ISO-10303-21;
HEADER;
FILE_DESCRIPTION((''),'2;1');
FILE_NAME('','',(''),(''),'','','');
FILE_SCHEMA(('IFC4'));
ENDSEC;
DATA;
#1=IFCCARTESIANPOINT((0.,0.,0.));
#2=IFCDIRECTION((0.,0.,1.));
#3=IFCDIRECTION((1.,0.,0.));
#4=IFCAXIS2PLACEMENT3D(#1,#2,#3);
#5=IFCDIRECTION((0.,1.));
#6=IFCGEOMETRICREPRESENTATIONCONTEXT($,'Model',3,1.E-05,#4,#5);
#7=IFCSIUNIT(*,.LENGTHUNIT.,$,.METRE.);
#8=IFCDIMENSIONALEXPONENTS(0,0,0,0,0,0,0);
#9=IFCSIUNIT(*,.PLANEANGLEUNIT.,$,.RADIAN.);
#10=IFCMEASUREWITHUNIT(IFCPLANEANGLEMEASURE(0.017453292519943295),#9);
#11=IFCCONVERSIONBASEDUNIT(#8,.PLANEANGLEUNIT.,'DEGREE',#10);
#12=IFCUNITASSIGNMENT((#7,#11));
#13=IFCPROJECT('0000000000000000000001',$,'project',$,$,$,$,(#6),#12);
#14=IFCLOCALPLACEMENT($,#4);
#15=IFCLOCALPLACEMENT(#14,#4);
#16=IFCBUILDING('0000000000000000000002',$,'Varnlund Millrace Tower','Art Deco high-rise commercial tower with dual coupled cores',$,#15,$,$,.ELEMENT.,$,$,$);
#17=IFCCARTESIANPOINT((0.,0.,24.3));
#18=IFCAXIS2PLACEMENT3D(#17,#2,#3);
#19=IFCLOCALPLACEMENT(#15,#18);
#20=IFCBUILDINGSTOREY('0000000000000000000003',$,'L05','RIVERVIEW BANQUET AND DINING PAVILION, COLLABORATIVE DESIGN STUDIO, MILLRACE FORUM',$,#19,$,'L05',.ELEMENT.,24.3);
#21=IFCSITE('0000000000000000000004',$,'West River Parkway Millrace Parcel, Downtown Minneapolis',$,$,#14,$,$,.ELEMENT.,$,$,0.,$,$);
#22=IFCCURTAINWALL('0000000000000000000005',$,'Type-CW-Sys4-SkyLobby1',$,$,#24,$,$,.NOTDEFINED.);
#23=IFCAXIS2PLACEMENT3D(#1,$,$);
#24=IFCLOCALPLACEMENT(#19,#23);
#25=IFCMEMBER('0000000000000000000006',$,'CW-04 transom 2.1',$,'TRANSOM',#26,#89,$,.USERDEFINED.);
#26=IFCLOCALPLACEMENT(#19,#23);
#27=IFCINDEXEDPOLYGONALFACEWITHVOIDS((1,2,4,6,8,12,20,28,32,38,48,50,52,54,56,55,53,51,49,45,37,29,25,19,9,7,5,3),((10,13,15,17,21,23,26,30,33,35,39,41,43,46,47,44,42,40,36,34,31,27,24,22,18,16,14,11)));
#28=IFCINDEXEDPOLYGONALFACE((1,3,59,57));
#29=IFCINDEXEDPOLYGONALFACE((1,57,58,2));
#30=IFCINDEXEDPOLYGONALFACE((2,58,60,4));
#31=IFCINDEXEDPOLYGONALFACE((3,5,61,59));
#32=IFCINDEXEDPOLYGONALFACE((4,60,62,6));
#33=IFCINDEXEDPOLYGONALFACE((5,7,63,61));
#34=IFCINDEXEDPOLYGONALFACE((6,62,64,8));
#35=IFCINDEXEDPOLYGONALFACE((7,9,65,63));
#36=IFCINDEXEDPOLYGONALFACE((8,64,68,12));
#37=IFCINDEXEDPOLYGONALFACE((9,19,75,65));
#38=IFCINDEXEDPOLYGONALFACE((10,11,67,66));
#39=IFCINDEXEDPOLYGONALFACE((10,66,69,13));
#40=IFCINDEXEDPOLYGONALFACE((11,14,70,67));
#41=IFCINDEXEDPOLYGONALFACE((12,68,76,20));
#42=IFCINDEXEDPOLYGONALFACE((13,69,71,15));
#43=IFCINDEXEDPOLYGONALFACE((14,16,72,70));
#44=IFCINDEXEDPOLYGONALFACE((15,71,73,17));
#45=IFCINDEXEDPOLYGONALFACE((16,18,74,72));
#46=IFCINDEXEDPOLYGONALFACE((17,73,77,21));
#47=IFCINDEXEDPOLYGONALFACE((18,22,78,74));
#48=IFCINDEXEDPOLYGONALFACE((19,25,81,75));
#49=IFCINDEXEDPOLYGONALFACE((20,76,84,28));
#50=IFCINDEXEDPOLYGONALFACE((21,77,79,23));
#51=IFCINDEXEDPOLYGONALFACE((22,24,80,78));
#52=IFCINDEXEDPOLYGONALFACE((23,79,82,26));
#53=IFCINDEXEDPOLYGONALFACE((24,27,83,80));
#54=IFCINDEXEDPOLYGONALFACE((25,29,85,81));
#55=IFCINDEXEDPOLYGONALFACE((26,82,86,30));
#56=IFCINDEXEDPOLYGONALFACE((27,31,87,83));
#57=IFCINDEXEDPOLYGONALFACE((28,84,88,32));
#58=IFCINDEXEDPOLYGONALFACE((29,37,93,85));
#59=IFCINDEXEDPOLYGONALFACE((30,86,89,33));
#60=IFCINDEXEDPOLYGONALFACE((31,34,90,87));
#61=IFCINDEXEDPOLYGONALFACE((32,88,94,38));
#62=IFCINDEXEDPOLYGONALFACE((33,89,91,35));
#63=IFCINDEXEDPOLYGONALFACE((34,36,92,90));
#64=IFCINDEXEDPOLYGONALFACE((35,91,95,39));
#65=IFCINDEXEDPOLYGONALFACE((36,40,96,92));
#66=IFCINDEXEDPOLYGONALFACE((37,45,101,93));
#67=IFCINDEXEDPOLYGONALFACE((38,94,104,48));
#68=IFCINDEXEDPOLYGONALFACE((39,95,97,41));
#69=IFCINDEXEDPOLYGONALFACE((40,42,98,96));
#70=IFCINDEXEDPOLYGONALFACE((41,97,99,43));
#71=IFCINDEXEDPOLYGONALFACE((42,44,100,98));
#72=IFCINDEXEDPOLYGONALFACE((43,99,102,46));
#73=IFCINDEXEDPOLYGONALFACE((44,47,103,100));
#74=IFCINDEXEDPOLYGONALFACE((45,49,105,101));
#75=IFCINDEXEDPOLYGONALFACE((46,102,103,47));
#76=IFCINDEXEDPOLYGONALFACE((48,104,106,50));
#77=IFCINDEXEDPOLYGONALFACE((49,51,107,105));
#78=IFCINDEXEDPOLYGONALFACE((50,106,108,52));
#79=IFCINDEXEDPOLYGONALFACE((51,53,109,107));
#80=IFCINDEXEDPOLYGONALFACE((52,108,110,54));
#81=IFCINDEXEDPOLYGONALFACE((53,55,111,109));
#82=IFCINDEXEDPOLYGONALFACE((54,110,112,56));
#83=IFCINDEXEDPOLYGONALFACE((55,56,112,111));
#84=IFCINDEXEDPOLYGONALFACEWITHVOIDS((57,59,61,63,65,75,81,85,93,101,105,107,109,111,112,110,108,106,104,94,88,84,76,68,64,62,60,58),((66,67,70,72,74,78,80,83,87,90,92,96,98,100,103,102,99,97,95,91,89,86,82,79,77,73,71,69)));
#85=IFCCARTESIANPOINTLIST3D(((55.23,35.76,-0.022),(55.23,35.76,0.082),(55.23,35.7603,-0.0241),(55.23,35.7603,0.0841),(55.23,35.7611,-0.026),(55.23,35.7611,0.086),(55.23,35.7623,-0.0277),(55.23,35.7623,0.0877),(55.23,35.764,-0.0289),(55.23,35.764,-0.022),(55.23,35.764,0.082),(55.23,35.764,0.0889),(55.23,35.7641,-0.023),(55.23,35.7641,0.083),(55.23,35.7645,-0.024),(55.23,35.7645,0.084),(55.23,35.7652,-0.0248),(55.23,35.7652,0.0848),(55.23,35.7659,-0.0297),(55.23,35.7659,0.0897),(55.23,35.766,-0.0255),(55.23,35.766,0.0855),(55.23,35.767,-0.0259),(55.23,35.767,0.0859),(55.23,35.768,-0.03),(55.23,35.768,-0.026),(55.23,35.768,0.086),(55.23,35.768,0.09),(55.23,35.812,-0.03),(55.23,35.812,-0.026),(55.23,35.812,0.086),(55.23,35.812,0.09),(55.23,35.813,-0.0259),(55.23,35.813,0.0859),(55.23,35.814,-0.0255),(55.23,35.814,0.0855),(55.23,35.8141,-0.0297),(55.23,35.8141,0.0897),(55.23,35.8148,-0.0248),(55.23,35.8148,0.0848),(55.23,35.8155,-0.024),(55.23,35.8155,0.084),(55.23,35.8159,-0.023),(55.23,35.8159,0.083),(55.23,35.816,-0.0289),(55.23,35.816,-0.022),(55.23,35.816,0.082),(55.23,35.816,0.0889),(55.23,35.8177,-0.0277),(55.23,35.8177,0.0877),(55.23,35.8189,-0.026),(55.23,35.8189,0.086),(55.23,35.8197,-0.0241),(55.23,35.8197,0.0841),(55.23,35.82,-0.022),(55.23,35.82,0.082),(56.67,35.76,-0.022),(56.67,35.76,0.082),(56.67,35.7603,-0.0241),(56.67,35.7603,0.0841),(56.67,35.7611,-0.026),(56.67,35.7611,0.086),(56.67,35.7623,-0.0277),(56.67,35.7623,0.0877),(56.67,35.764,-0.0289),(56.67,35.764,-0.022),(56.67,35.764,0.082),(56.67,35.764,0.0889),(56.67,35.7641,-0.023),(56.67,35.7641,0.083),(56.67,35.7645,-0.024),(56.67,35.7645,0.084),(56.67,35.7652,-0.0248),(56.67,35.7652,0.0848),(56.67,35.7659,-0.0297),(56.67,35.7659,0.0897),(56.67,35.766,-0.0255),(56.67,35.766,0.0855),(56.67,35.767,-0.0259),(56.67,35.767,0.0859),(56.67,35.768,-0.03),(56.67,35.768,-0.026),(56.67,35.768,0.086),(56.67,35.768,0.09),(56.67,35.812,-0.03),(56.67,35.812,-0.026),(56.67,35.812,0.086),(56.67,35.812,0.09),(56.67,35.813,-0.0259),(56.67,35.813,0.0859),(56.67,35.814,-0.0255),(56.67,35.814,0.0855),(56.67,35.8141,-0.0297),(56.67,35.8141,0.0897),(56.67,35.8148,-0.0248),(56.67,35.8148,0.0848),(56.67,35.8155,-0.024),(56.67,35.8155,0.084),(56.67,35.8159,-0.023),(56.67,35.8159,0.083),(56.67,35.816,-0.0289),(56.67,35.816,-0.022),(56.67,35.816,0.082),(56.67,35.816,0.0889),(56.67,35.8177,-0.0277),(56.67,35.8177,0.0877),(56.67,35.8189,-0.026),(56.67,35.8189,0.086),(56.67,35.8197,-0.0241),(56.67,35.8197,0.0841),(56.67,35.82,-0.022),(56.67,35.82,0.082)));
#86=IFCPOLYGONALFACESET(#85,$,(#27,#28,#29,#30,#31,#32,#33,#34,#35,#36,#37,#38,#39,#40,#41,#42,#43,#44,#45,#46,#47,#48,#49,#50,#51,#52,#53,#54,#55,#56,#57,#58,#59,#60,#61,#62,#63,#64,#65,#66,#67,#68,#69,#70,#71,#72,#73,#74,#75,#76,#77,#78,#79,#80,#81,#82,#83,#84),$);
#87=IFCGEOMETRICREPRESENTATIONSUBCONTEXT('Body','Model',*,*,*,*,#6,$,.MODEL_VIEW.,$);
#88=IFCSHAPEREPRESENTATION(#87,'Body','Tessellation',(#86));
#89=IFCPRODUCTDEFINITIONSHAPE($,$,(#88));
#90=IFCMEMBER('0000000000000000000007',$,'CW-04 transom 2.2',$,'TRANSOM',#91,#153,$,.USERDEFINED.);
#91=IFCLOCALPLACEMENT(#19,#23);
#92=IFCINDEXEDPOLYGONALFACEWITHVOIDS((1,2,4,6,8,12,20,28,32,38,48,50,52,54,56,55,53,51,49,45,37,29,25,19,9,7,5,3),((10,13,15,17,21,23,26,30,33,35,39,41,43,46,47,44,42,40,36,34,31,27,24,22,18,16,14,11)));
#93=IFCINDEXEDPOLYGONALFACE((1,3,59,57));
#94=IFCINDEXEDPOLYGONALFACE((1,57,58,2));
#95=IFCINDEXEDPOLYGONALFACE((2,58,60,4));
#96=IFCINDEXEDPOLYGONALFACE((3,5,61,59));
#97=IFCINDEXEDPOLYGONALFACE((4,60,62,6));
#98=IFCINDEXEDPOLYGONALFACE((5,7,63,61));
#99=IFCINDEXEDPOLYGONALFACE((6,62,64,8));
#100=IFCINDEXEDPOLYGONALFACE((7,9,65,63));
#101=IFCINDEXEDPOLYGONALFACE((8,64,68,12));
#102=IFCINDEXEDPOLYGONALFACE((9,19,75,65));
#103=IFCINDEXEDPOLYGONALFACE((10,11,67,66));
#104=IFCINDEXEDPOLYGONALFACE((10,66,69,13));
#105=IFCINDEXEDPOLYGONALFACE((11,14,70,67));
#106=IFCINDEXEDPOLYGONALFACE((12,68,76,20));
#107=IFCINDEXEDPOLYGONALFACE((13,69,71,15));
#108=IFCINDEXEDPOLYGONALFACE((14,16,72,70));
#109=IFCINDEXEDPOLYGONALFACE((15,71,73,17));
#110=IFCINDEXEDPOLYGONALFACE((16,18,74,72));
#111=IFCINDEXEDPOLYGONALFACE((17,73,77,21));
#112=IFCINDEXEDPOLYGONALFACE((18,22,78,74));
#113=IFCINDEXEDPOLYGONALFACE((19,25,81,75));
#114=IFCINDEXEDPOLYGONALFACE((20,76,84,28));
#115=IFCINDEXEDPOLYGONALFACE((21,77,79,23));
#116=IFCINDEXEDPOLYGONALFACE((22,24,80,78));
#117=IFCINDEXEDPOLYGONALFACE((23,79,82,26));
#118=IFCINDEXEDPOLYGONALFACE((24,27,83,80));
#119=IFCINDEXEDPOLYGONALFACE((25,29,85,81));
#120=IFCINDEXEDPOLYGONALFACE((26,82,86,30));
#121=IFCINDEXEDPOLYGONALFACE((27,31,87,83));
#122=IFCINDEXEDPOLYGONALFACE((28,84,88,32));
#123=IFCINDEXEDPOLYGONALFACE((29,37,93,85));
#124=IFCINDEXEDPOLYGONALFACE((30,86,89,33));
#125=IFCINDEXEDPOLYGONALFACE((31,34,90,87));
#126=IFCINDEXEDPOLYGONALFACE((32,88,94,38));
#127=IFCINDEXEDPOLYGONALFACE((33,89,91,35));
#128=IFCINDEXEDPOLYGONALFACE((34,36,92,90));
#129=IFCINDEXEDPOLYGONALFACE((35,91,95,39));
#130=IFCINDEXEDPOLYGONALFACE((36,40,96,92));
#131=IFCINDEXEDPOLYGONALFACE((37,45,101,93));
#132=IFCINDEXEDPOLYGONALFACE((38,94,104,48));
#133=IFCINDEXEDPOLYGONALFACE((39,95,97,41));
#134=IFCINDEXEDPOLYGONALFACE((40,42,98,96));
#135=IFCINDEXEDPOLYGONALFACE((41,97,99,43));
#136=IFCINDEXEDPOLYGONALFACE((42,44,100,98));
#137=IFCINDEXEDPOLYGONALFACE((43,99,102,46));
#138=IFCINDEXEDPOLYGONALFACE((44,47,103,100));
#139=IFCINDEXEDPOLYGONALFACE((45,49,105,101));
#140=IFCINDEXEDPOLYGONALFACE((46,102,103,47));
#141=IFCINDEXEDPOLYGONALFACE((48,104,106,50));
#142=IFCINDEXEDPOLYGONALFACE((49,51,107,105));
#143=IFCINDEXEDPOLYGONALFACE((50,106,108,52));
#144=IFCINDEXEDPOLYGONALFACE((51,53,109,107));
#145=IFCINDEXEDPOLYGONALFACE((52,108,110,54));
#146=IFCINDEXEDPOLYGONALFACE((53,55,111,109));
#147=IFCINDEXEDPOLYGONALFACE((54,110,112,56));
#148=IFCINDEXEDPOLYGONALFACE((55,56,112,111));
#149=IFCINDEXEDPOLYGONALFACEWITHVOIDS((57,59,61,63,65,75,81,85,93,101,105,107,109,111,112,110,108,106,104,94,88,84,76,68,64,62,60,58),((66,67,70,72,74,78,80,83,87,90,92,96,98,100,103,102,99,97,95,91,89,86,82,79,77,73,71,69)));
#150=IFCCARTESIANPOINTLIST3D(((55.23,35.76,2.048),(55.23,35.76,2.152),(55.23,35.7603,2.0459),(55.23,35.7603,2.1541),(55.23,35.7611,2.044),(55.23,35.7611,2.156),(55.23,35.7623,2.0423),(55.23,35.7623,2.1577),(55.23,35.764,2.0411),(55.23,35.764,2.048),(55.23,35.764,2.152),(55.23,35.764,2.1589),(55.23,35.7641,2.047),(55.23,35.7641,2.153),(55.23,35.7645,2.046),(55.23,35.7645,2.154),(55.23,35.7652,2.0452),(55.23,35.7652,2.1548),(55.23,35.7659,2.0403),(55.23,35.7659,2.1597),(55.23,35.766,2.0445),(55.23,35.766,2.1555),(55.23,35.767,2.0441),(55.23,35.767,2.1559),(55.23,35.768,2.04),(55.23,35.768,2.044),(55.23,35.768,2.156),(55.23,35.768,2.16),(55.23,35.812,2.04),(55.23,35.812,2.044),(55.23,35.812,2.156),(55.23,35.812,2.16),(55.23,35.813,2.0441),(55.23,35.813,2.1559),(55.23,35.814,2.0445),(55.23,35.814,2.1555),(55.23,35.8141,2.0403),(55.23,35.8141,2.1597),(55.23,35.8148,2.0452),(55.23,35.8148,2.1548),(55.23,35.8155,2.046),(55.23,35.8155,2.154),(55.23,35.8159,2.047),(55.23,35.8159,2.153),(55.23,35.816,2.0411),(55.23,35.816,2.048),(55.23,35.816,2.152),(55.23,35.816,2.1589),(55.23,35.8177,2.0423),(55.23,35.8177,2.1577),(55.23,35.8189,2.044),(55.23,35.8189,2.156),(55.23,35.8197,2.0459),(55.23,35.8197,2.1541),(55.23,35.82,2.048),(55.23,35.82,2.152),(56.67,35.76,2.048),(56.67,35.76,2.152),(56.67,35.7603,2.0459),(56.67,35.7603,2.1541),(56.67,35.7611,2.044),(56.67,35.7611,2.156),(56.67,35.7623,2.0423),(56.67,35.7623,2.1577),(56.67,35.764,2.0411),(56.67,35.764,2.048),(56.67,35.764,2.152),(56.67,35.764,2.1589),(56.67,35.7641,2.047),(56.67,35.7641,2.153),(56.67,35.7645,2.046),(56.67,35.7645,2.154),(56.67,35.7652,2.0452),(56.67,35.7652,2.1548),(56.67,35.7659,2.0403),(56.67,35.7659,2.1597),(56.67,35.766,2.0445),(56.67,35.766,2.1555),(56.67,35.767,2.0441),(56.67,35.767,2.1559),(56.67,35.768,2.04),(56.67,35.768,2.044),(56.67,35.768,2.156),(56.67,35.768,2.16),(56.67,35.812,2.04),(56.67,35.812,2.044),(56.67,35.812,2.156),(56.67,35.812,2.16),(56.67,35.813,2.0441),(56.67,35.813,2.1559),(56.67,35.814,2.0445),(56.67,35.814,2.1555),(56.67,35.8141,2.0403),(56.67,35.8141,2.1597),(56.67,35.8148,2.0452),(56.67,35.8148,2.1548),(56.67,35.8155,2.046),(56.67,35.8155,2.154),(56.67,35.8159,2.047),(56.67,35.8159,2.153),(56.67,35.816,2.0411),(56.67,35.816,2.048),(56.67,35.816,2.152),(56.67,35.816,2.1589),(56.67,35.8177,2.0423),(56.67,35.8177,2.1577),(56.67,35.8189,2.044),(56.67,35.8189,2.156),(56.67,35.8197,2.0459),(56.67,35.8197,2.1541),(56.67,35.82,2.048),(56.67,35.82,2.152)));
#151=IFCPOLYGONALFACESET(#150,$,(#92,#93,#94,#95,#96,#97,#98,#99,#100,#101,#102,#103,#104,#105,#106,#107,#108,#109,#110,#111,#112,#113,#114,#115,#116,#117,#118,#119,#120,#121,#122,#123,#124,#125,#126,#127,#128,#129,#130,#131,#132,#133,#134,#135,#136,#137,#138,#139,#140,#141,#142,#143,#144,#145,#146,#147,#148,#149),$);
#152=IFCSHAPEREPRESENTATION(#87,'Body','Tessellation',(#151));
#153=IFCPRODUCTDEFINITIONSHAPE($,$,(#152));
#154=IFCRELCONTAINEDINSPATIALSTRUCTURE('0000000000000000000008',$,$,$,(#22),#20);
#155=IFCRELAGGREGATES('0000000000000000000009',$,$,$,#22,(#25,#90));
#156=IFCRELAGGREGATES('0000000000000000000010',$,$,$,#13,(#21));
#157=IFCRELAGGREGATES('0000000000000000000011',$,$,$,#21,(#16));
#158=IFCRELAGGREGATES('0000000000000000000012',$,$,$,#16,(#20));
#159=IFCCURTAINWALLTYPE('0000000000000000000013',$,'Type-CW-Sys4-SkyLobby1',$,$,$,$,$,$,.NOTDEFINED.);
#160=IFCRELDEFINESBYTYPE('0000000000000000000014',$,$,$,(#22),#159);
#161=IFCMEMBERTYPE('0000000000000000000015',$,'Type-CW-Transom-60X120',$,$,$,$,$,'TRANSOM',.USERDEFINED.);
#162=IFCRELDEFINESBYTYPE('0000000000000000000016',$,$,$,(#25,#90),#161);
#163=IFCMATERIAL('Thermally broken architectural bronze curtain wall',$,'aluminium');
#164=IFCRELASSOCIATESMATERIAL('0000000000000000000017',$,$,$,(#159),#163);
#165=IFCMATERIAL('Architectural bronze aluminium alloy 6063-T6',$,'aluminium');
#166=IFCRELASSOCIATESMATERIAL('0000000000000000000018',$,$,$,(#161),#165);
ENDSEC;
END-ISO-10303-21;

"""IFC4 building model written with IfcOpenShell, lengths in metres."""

from ifc_helpers import new_model, entity, si_unit, converted_unit, direction, frame, origin_with_axes, origin_2d_with_axis, place, context, subcontext, project, spatial, hollow_rectangle, extrude, material, material_profile, profile_set, type_object, element, aggregate, save


model = new_model("IFC4")

# Units and contexts
model_context = context("Model", 3, precision=1e-05, world=origin_with_axes(), true_north=direction((0.0, 1.0)))
body_context = subcontext(model_context, "Body", "Model", "MODEL_VIEW")
ifc_project = project(units=[si_unit("LENGTHUNIT", "METRE"), converted_unit("PLANEANGLEUNIT", "DEGREE", entity("IfcPlaneAngleMeasure", 0.017453292519943295), si_unit("PLANEANGLEUNIT", "RADIAN"), dimensions=[0, 0, 0, 0, 0, 0, 0])], contexts=[model_context])

# Site, building, storey
site_placement = place(None, origin_with_axes())
site = spatial("IfcSite", under=ifc_project, at=site_placement, Name="West River Parkway Millrace Parcel, Downtown Minneapolis", CompositionType="ELEMENT", RefElevation=0.0)
building_placement = place(site_placement, origin_with_axes())
building = spatial("IfcBuilding", under=site, at=building_placement, Name="Varnlund Millrace Tower", Description="Art Deco high-rise commercial tower with dual coupled cores", CompositionType="ELEMENT")
storey_placement = place(building_placement, frame((0.0, 0.0, 24.3), z_axis=(0.0, 0.0, 1.0), x_axis=(1.0, 0.0, 0.0)))
storey = spatial("IfcBuildingStorey", under=building, at=storey_placement, Name="L05", Description="RIVERVIEW BANQUET AND DINING PAVILION, COLLABORATIVE DESIGN STUDIO, MILLRACE FORUM", LongName="L05", CompositionType="ELEMENT", Elevation=24.3)

# Curtain wall, members
ifc_material_1 = material(Name="Thermally broken architectural bronze curtain wall", Category="aluminium")
curtain_wall_type = type_object("IfcCurtainWallType", Name="Type-CW-Sys4-SkyLobby1", PredefinedType="NOTDEFINED", material=ifc_material_1)
curtain_wall_placement = place(storey_placement, frame((53.7, 35.79, 0.0), z_axis=(0.0, 0.0, 1.0), x_axis=(1.0, 0.0, 0.0)))
curtain_wall = element("IfcCurtainWall", 1, at=curtain_wall_placement, inside=storey, type_object=curtain_wall_type, Name="Type-CW-Sys4-SkyLobby1", PredefinedType="NOTDEFINED")
ifc_material_2 = material(Name="Architectural bronze aluminium alloy 6063-T6", Category="aluminium")
ifc_material_profile_1 = material_profile(ifc_material_2, hollow_rectangle(XDim=0.06, YDim=0.12, WallThickness=0.004, InnerFilletRadius=0.004, OuterFilletRadius=0.008, at=origin_2d_with_axis()), Name="Architectural bronze aluminium alloy 6063-T6")
ifc_profile_set_1 = profile_set([ifc_material_profile_1], Name="Architectural bronze aluminium alloy 6063-T6")
member_type_1 = type_object("IfcMemberType", Name="Type-CW-Transom-60X120", ElementType="TRANSOM", PredefinedType="USERDEFINED", material=ifc_profile_set_1)
member_1_placement = place(storey_placement, frame((55.23, 35.79, 0.03), z_axis=(1.0, 0.0, 0.0), x_axis=(0.0, 1.0, 0.0)))
member_1 = element("IfcMember", 2, at=member_1_placement, type_object=member_type_1, Name="CW-04 transom 2.1", ObjectType="TRANSOM", PredefinedType="USERDEFINED", context=body_context, shape_type="SweptSolid", body=[
    extrude(hollow_rectangle(XDim=0.06, YDim=0.12, WallThickness=0.004, InnerFilletRadius=0.004, OuterFilletRadius=0.008, at=origin_2d_with_axis()), origin_with_axes(), (0.0, 0.0, 1.0), 1.44),
])
member_2_placement = place(storey_placement, frame((55.23, 35.79, 2.1), z_axis=(1.0, 0.0, 0.0), x_axis=(0.0, 1.0, 0.0)))
member_2 = element("IfcMember", 3, at=member_2_placement, type_object=member_type_1, Name="CW-04 transom 2.2", ObjectType="TRANSOM", PredefinedType="USERDEFINED", context=body_context, shape_type="SweptSolid", body=[
    extrude(hollow_rectangle(XDim=0.06, YDim=0.12, WallThickness=0.004, InnerFilletRadius=0.004, OuterFilletRadius=0.008, at=origin_2d_with_axis()), origin_with_axes(), (0.0, 0.0, 1.0), 1.44),
])

aggregate(curtain_wall, [member_1, member_2])

save(model, "model.ifc")
